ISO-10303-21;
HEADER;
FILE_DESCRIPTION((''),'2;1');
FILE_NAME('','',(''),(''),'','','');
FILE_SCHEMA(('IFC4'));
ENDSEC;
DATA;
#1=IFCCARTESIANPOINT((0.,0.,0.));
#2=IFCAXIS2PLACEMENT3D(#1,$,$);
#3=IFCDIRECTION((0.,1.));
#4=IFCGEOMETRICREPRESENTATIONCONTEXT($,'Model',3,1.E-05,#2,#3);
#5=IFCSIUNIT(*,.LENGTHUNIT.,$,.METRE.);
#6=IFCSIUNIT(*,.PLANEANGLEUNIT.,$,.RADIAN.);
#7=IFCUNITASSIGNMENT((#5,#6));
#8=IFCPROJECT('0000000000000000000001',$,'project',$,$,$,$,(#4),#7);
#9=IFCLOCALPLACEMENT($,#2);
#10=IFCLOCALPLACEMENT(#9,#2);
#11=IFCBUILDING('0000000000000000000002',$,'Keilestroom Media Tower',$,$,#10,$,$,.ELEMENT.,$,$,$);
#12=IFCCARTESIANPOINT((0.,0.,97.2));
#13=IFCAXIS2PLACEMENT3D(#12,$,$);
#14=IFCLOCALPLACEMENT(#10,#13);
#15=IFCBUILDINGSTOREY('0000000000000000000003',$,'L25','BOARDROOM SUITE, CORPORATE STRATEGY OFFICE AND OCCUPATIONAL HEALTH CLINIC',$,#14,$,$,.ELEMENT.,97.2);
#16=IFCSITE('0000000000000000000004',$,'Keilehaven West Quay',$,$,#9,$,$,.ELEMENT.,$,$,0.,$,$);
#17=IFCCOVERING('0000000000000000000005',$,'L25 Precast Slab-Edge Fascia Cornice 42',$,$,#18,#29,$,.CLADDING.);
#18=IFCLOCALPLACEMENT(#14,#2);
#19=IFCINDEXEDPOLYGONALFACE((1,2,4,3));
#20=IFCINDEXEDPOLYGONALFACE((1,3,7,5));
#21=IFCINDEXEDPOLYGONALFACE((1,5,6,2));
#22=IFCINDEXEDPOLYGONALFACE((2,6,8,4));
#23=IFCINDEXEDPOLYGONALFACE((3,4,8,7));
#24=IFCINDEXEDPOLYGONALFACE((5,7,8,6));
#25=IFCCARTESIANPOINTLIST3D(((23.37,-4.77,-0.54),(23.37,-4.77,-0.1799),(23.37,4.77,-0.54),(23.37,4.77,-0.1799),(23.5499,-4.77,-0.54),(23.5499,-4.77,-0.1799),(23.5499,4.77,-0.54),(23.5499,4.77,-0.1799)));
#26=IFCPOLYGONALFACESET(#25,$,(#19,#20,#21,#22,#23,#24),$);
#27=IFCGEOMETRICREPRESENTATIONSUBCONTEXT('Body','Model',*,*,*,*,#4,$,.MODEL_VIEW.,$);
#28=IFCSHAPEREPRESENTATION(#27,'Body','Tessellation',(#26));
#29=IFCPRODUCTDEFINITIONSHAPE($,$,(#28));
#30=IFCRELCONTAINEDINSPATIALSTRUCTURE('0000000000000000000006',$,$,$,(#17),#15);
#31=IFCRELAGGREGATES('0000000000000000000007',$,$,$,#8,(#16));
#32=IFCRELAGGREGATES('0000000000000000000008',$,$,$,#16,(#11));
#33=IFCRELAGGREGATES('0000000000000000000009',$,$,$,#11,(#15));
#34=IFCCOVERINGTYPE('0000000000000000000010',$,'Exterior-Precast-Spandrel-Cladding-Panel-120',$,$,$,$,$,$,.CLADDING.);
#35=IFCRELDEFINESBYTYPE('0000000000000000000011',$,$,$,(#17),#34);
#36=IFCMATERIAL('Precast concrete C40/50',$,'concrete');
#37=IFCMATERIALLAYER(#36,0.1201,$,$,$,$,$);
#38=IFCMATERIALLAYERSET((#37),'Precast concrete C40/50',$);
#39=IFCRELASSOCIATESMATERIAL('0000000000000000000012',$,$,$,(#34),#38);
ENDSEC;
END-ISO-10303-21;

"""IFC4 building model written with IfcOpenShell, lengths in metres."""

from ifc_helpers import new_model, si_unit, direction, frame, origin, origin_2d, place, context, subcontext, project, spatial, rectangle, extrude, source, transform, mapped, material, layer, layer_set, type_object, element, save


model = new_model("IFC4")

# Units and contexts
model_context = context("Model", 3, precision=1e-05, world=origin(), true_north=direction((0.0, 1.0)))
body_context = subcontext(model_context, "Body", "Model", "MODEL_VIEW")
ifc_project = project(units=[si_unit("LENGTHUNIT", "METRE"), si_unit("PLANEANGLEUNIT", "RADIAN")], contexts=[model_context])

# Site, building, storey
site_placement = place(None, origin())
site = spatial("IfcSite", under=ifc_project, at=site_placement, Name="Keilehaven West Quay", CompositionType="ELEMENT", RefElevation=0.0)
building_placement = place(site_placement, origin())
building = spatial("IfcBuilding", under=site, at=building_placement, Name="Keilestroom Media Tower", CompositionType="ELEMENT")
storey_placement = place(building_placement, frame((0.0, 0.0, 97.2)))
storey = spatial("IfcBuildingStorey", under=building, at=storey_placement, Name="L25", Description="BOARDROOM SUITE, CORPORATE STRATEGY OFFICE AND OCCUPATIONAL HEALTH CLINIC", CompositionType="ELEMENT", Elevation=97.2)

# Shared definitions
ifc_material_1 = material(Name="Precast concrete C40/50", Category="concrete")

# Covering
ifc_layer_1 = layer(ifc_material_1, 0.1201)
ifc_layer_set_1 = layer_set([ifc_layer_1], Name="Precast concrete C40/50")
covering_type = type_object("IfcCoveringType", Name="Exterior-Precast-Spandrel-Cladding-Panel-120", PredefinedType="CLADDING", material=ifc_layer_set_1)
shared_shape_1 = source(origin(), body_context, "Body", "SweptSolid", [
    extrude(rectangle(XDim=9.54, YDim=0.1799, at=origin_2d()), origin(), (0.0, 0.0, 1.0), 0.3601),
])
covering_placement = place(storey_placement, frame((23.46, 0.0, -0.54), z_axis=(0.0, 0.0, 1.0), x_axis=(0.0, -1.0, 0.0)))
element("IfcCovering", 1, at=covering_placement, inside=storey, type_object=covering_type, Name="L25 Precast Slab-Edge Fascia Cornice 42", PredefinedType="CLADDING", context=body_context, shape_type="MappedRepresentation", body=[
    mapped(shared_shape_1, transform((0.0, 0.0, 0.0), x_axis=(1.0, 0.0, 0.0), y_axis=(0.0, 1.0, 0.0), z_axis=(0.0, 0.0, 1.0), scale=1.0)),
])

save(model, "model.ifc")
